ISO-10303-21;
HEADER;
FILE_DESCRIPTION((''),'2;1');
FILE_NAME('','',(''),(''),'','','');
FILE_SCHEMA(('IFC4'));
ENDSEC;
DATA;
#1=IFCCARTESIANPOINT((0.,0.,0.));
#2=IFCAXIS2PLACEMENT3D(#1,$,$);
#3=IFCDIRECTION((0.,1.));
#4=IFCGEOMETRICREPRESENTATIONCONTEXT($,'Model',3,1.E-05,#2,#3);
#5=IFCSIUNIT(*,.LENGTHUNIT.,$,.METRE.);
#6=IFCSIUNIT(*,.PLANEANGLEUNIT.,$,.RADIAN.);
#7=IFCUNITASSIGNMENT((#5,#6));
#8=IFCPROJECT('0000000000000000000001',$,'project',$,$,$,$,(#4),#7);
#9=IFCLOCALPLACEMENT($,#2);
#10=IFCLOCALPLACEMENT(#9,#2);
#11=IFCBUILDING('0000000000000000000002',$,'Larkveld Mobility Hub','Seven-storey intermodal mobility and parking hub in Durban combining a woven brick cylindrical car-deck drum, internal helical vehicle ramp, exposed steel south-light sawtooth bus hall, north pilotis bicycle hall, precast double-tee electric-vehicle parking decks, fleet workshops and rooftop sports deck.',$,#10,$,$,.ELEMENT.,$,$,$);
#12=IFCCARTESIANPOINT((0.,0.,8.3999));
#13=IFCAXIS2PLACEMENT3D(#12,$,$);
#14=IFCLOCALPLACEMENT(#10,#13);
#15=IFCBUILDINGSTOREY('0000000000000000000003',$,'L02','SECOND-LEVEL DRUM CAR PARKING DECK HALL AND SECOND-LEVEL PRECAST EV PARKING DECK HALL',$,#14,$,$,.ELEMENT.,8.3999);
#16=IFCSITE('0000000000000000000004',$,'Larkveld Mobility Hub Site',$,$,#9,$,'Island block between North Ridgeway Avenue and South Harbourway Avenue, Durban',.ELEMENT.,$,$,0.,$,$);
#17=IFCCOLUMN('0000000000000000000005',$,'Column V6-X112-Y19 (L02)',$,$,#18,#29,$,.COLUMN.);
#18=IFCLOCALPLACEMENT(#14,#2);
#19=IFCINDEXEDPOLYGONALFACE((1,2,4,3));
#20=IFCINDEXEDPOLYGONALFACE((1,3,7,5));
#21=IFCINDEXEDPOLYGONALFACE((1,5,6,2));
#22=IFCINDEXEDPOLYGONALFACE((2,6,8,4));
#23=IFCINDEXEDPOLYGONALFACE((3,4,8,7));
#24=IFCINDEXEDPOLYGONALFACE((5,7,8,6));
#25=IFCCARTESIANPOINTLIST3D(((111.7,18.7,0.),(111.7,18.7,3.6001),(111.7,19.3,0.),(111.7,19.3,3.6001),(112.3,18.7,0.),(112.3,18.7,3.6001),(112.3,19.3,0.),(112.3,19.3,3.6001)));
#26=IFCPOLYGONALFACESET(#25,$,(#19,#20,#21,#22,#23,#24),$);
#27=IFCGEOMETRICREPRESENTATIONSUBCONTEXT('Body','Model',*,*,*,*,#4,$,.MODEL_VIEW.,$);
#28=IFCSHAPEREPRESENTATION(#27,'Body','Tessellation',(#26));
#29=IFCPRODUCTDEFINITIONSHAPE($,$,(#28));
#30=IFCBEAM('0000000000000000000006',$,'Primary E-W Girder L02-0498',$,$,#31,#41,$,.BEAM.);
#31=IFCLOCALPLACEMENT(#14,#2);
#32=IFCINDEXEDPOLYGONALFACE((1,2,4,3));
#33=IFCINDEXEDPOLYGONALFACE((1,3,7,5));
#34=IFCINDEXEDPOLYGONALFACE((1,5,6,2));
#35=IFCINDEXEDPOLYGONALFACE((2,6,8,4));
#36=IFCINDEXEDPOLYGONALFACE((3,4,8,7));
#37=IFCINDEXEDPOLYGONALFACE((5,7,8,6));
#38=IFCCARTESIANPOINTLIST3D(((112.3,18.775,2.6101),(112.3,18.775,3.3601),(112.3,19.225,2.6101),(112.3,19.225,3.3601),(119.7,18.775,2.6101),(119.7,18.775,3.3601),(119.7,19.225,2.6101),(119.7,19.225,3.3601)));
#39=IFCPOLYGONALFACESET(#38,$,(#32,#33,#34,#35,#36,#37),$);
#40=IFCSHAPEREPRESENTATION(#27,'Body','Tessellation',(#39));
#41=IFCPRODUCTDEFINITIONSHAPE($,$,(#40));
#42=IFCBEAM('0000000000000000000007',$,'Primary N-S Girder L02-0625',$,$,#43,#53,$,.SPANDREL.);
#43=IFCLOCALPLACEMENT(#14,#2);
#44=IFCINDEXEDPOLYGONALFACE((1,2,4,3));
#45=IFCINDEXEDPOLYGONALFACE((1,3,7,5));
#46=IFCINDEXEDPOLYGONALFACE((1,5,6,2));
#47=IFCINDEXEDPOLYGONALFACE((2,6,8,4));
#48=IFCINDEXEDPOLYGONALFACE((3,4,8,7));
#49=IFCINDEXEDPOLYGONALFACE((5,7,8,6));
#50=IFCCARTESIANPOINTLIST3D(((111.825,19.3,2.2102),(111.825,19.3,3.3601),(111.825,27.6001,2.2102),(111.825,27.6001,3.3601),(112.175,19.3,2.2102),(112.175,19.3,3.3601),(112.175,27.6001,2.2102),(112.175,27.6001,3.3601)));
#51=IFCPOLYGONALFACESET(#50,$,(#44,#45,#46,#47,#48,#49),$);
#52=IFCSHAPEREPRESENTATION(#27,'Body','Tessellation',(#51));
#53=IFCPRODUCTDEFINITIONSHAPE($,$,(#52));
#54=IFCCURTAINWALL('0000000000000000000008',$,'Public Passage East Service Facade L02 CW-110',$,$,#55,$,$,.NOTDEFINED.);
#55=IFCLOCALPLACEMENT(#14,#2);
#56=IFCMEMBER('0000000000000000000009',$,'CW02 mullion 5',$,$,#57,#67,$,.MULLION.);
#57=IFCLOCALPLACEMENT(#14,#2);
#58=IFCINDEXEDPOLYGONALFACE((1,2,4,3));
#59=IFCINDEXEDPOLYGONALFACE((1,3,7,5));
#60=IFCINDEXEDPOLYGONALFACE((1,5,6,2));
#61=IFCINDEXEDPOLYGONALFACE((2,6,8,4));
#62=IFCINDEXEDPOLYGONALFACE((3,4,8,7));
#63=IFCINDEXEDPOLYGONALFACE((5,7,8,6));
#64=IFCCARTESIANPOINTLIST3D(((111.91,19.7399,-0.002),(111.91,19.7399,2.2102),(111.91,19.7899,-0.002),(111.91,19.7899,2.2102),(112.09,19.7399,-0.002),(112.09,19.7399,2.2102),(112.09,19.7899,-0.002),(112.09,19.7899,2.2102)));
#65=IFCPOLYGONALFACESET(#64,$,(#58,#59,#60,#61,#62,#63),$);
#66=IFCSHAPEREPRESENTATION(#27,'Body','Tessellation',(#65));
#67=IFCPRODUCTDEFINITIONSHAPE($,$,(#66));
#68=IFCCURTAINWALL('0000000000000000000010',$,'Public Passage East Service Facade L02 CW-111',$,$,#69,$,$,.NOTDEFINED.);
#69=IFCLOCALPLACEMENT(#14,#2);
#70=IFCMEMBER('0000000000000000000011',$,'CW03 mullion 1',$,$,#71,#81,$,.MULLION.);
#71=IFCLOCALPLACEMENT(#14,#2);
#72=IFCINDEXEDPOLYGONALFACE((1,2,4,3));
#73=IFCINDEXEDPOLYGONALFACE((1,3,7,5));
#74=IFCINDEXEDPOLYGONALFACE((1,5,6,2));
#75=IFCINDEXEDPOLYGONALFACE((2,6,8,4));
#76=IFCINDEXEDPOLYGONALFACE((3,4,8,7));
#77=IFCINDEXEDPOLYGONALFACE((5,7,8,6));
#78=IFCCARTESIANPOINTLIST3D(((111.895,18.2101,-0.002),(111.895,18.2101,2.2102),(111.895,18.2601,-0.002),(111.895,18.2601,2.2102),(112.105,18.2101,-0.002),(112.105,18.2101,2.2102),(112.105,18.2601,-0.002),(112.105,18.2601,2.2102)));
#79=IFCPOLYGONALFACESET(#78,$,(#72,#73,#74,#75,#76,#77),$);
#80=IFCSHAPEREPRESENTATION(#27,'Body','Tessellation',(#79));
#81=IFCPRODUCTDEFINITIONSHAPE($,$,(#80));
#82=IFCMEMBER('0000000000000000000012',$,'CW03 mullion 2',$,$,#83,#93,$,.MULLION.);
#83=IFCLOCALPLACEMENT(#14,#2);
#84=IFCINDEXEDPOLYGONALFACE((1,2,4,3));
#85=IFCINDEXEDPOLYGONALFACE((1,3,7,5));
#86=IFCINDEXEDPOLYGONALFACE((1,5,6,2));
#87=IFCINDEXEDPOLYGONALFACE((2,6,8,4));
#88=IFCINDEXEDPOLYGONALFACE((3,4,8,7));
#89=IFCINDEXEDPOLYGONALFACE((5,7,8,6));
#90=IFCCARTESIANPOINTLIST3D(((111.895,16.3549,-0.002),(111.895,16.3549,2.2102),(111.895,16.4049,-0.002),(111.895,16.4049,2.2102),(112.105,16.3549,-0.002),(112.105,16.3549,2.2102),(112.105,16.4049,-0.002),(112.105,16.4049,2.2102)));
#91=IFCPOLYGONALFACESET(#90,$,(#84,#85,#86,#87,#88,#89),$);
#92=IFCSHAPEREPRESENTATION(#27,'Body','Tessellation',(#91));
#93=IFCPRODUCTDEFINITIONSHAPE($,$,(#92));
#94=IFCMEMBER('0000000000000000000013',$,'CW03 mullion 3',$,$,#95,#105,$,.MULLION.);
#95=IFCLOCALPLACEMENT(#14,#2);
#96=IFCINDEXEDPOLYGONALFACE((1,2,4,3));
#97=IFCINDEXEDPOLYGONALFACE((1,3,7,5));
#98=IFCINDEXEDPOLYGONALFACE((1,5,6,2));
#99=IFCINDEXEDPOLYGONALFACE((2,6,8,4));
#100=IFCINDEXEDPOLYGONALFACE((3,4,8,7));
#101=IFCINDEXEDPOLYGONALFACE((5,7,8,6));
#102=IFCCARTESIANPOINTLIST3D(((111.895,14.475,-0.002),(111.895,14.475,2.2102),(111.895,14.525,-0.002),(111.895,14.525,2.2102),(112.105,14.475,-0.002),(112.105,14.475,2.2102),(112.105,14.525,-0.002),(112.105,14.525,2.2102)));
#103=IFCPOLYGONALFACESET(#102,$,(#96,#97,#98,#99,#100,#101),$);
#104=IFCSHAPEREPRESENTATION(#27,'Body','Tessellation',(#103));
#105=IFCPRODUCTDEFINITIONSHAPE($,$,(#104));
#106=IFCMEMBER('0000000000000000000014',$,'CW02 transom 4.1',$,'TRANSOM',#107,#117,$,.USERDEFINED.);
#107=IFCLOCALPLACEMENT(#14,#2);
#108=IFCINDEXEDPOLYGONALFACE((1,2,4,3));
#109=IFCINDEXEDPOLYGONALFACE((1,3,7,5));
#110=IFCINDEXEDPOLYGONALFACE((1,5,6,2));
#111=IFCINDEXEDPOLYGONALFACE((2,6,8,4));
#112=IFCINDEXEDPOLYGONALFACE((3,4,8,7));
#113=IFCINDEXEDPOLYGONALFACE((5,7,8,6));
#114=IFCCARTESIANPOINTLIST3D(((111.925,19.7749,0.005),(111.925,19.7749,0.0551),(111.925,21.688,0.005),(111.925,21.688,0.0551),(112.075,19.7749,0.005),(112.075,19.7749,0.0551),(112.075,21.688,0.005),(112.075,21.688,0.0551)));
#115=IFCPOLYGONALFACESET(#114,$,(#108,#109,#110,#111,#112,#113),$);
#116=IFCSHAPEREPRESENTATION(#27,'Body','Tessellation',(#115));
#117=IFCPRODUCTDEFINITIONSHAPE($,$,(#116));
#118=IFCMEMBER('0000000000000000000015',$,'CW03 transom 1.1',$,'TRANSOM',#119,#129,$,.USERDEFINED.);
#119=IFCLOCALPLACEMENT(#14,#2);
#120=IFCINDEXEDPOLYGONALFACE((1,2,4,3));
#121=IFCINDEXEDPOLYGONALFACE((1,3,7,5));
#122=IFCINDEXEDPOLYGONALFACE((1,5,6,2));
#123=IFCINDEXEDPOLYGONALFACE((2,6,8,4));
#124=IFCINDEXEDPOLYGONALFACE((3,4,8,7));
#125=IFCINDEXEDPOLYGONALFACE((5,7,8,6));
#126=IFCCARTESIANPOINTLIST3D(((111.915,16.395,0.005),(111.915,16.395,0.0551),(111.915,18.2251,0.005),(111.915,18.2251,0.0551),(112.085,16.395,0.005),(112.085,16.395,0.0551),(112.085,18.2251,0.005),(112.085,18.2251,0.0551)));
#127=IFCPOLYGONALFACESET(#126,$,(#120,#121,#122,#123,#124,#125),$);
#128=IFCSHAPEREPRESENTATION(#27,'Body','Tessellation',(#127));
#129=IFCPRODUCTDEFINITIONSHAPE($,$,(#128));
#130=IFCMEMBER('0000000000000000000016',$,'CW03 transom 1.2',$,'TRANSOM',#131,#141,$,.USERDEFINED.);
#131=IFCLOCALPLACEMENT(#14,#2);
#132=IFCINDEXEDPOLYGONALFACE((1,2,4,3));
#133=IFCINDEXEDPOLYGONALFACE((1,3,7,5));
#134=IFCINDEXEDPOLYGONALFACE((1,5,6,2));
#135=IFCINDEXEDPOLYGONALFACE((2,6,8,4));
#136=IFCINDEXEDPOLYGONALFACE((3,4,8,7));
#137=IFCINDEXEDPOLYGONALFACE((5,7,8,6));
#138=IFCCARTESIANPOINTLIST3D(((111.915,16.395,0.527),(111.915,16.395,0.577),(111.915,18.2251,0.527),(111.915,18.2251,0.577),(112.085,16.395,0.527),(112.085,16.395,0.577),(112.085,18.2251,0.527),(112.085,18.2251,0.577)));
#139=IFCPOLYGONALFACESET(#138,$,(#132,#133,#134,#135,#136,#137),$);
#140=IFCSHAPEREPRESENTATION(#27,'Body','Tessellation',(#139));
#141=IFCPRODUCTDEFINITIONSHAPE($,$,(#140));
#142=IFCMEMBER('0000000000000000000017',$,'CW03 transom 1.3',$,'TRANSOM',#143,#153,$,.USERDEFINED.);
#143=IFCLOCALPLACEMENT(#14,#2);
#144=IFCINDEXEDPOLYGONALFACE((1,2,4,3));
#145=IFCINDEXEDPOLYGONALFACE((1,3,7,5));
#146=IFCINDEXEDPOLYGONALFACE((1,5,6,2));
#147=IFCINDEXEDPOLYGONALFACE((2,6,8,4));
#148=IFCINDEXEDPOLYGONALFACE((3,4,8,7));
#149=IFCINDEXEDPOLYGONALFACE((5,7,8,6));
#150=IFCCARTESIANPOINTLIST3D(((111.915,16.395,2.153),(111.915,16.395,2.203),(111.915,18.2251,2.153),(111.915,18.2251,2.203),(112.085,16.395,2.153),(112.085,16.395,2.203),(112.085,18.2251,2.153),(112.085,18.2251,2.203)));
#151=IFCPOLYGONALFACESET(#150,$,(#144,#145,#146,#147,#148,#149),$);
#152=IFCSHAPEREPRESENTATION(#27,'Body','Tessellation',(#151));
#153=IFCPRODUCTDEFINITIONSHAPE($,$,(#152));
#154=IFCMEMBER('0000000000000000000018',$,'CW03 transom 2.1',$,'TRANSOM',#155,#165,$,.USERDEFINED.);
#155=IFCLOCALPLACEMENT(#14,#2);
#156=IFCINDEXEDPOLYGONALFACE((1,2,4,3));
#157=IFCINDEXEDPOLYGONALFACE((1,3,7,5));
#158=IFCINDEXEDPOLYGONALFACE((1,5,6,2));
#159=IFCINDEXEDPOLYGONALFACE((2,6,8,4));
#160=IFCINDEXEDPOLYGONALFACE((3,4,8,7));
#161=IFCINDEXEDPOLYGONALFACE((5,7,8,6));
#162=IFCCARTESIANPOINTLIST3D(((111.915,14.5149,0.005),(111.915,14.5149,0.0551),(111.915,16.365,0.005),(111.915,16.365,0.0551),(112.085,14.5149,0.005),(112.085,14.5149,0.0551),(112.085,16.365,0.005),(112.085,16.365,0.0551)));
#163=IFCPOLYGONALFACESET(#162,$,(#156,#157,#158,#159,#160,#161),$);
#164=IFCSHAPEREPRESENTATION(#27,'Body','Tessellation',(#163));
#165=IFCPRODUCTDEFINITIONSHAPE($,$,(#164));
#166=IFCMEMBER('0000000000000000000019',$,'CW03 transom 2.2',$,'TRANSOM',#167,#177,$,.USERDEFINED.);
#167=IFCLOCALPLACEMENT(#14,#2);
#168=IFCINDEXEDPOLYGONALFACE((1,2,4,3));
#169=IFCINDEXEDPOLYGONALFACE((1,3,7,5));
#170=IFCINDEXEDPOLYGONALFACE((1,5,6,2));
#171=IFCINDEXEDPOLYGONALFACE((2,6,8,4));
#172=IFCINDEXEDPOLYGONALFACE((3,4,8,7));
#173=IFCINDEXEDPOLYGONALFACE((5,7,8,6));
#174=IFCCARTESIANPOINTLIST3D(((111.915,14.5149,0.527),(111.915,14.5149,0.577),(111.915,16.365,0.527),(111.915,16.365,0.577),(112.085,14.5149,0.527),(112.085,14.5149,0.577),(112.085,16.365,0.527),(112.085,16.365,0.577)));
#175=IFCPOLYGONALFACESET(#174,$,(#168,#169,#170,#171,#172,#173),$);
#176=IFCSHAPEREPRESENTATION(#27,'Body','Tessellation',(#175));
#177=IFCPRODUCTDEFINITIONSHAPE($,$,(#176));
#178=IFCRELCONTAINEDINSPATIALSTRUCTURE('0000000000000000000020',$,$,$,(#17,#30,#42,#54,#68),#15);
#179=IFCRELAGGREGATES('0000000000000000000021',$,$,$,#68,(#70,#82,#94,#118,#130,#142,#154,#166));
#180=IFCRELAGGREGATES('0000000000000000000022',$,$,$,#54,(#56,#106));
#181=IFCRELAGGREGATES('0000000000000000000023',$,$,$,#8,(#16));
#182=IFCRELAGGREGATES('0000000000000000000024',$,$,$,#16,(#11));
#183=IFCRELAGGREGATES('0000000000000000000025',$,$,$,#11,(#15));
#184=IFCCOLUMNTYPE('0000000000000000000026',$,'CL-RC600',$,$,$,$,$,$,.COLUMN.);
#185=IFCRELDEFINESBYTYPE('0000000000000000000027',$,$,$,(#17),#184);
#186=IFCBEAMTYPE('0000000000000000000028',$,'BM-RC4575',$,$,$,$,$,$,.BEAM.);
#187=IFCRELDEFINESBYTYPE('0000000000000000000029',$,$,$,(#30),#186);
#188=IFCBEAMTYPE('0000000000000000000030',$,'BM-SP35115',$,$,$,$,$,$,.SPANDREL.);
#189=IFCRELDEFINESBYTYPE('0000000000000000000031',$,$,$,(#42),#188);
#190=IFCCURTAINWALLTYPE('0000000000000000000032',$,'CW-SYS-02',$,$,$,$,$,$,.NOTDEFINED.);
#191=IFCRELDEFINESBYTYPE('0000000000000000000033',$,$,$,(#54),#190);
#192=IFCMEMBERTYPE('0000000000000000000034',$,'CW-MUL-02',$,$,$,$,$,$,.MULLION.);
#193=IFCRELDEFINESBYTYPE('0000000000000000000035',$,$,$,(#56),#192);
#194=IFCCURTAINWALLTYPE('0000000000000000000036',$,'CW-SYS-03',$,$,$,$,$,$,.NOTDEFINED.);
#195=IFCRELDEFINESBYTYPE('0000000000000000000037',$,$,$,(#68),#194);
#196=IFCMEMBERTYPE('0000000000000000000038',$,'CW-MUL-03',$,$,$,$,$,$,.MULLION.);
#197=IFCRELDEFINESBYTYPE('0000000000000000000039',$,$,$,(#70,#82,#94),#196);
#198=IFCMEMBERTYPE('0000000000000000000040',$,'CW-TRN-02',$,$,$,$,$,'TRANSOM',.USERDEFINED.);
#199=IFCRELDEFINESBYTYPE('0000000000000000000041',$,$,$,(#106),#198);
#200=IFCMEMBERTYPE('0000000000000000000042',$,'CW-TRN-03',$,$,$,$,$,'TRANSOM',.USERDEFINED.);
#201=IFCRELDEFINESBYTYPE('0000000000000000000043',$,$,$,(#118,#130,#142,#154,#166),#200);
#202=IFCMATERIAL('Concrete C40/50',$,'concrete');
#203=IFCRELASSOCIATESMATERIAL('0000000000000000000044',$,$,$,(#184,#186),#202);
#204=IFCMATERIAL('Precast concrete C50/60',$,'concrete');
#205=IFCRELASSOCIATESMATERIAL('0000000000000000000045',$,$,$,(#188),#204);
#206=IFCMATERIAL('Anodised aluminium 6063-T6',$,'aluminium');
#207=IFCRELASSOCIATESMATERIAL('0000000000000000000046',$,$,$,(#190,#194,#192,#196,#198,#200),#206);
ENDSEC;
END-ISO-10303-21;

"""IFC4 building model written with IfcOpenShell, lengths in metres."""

from ifc_helpers import new_model, si_unit, direction, frame, origin, origin_2d, place, context, subcontext, project, spatial, rectangle, extrude, material, material_profile, profile_set, type_object, element, aggregate, save


model = new_model("IFC4")

# Units and contexts
model_context = context("Model", 3, precision=1e-05, world=origin(), true_north=direction((0.0, 1.0)))
body_context = subcontext(model_context, "Body", "Model", "MODEL_VIEW")
ifc_project = project(units=[si_unit("LENGTHUNIT", "METRE"), si_unit("PLANEANGLEUNIT", "RADIAN")], contexts=[model_context])

# Site, building, storey
site_placement = place(None, origin())
site = spatial("IfcSite", under=ifc_project, at=site_placement, Name="Larkveld Mobility Hub Site", LongName="Island block between North Ridgeway Avenue and South Harbourway Avenue, Durban", CompositionType="ELEMENT", RefElevation=0.0)
building_placement = place(site_placement, origin())
building = spatial("IfcBuilding", under=site, at=building_placement, Name="Larkveld Mobility Hub", Description="Seven-storey intermodal mobility and parking hub in Durban combining a woven brick cylindrical car-deck drum, internal helical vehicle ramp, exposed steel south-light sawtooth bus hall, north pilotis bicycle hall, precast double-tee electric-vehicle parking decks, fleet workshops and rooftop sports deck.", CompositionType="ELEMENT")
storey_placement = place(building_placement, frame((0.0, 0.0, 8.3999)))
storey = spatial("IfcBuildingStorey", under=building, at=storey_placement, Name="L02", Description="SECOND-LEVEL DRUM CAR PARKING DECK HALL AND SECOND-LEVEL PRECAST EV PARKING DECK HALL", CompositionType="ELEMENT", Elevation=8.3999)

# Column
ifc_material_1 = material(Name="Concrete C40/50", Category="concrete")
ifc_material_profile_1 = material_profile(ifc_material_1, rectangle(XDim=0.6001, YDim=0.6001, at=origin_2d()), Name="RC COL 600x600")
ifc_profile_set_1 = profile_set([ifc_material_profile_1], Name="Concrete C40/50")
column_type = type_object("IfcColumnType", Name="CL-RC600", PredefinedType="COLUMN", material=ifc_profile_set_1)
column_placement = place(storey_placement, frame((112.0, 19.0, 0.0), z_axis=(0.0, 0.0, 1.0), x_axis=(1.0, 0.0, 0.0)))
element("IfcColumn", 1, at=column_placement, inside=storey, type_object=column_type, Name="Column V6-X112-Y19 (L02)", PredefinedType="COLUMN", context=body_context, shape_type="SweptSolid", body=[
    extrude(rectangle(XDim=0.6001, YDim=0.6001, at=origin_2d()), origin(), (0.0, 0.0, 1.0), 3.6001),
])

# Beams
ifc_material_profile_2 = material_profile(ifc_material_1, rectangle(XDim=0.45, YDim=0.75, at=origin_2d()), Name="RC BM 450x750")
ifc_profile_set_2 = profile_set([ifc_material_profile_2], Name="Concrete C40/50")
beam_type_1 = type_object("IfcBeamType", Name="BM-RC4575", PredefinedType="BEAM", material=ifc_profile_set_2)
beam_1_placement = place(storey_placement, frame((112.3, 19.0, 2.9851), z_axis=(1.0, 0.0, 0.0), x_axis=(0.0, 1.0, 0.0)))
element("IfcBeam", 2, at=beam_1_placement, inside=storey, type_object=beam_type_1, Name="Primary E-W Girder L02-0498", PredefinedType="BEAM", context=body_context, shape_type="SweptSolid", body=[
    extrude(rectangle(XDim=0.45, YDim=0.75, at=origin_2d()), origin(), (0.0, 0.0, 1.0), 7.3999),
])
ifc_material_2 = material(Name="Precast concrete C50/60", Category="concrete")
ifc_material_profile_3 = material_profile(ifc_material_2, rectangle(XDim=0.3501, YDim=1.1499, at=origin_2d()), Name="PC SP 350x1150")
ifc_profile_set_3 = profile_set([ifc_material_profile_3], Name="Precast concrete C50/60")
beam_type_2 = type_object("IfcBeamType", Name="BM-SP35115", PredefinedType="SPANDREL", material=ifc_profile_set_3)
beam_2_placement = place(storey_placement, frame((112.0, 19.3, 2.7852), z_axis=(0.0, 1.0, 0.0), x_axis=(-1.0, 0.0, 0.0)))
element("IfcBeam", 3, at=beam_2_placement, inside=storey, type_object=beam_type_2, Name="Primary N-S Girder L02-0625", PredefinedType="SPANDREL", context=body_context, shape_type="SweptSolid", body=[
    extrude(rectangle(XDim=0.3501, YDim=1.1499, at=origin_2d()), origin(), (0.0, 0.0, 1.0), 8.3),
])

# Curtain wall, member
ifc_material_3 = material(Name="Anodised aluminium 6063-T6", Category="aluminium")
curtain_wall_type_1 = type_object("IfcCurtainWallType", Name="CW-SYS-02", PredefinedType="NOTDEFINED", material=ifc_material_3)
curtain_wall_1_placement = place(storey_placement, origin())
curtain_wall_1 = element("IfcCurtainWall", 4, at=curtain_wall_1_placement, inside=storey, type_object=curtain_wall_type_1, Name="Public Passage East Service Facade L02 CW-110", PredefinedType="NOTDEFINED")
ifc_material_profile_4 = material_profile(ifc_material_3, rectangle(XDim=0.05, YDim=0.1799, at=origin_2d()), Name="ALU MULL 50x180")
ifc_profile_set_4 = profile_set([ifc_material_profile_4], Name="Anodised aluminium 6063-T6")
member_type_1 = type_object("IfcMemberType", Name="CW-MUL-02", PredefinedType="MULLION", material=ifc_profile_set_4)
member_1_placement = place(storey_placement, frame((112.0, 19.7649, -0.002), z_axis=(0.0, 0.0, 1.0), x_axis=(0.0, -1.0, 0.0)))
member_1 = element("IfcMember", 5, at=member_1_placement, type_object=member_type_1, Name="CW02 mullion 5", PredefinedType="MULLION", context=body_context, shape_type="SweptSolid", body=[
    extrude(rectangle(XDim=0.05, YDim=0.1799, at=origin_2d()), origin(), (0.0, 0.0, 1.0), 2.2122),
])

# Curtain wall, members
curtain_wall_type_2 = type_object("IfcCurtainWallType", Name="CW-SYS-03", PredefinedType="NOTDEFINED", material=ifc_material_3)
curtain_wall_2_placement = place(storey_placement, origin())
curtain_wall_2 = element("IfcCurtainWall", 6, at=curtain_wall_2_placement, inside=storey, type_object=curtain_wall_type_2, Name="Public Passage East Service Facade L02 CW-111", PredefinedType="NOTDEFINED")
ifc_material_profile_5 = material_profile(ifc_material_3, rectangle(XDim=0.05, YDim=0.21, at=origin_2d()), Name="ALU MULL 50x210")
ifc_profile_set_5 = profile_set([ifc_material_profile_5], Name="Anodised aluminium 6063-T6")
member_type_2 = type_object("IfcMemberType", Name="CW-MUL-03", PredefinedType="MULLION", material=ifc_profile_set_5)
member_2_placement = place(storey_placement, frame((112.0, 18.2351, -0.002), z_axis=(0.0, 0.0, 1.0), x_axis=(0.0, -1.0, 0.0)))
member_2 = element("IfcMember", 7, at=member_2_placement, type_object=member_type_2, Name="CW03 mullion 1", PredefinedType="MULLION", context=body_context, shape_type="SweptSolid", body=[
    extrude(rectangle(XDim=0.05, YDim=0.21, at=origin_2d()), origin(), (0.0, 0.0, 1.0), 2.2122),
])
member_3_placement = place(storey_placement, frame((112.0, 16.3799, -0.002), z_axis=(0.0, 0.0, 1.0), x_axis=(0.0, -1.0, 0.0)))
member_3 = element("IfcMember", 8, at=member_3_placement, type_object=member_type_2, Name="CW03 mullion 2", PredefinedType="MULLION", context=body_context, shape_type="SweptSolid", body=[
    extrude(rectangle(XDim=0.05, YDim=0.21, at=origin_2d()), origin(), (0.0, 0.0, 1.0), 2.2122),
])
member_4_placement = place(storey_placement, frame((112.0, 14.5, -0.002), z_axis=(0.0, 0.0, 1.0), x_axis=(0.0, -1.0, 0.0)))
member_4 = element("IfcMember", 9, at=member_4_placement, type_object=member_type_2, Name="CW03 mullion 3", PredefinedType="MULLION", context=body_context, shape_type="SweptSolid", body=[
    extrude(rectangle(XDim=0.05, YDim=0.21, at=origin_2d()), origin(), (0.0, 0.0, 1.0), 2.2122),
])

# Members
ifc_material_profile_6 = material_profile(ifc_material_3, rectangle(XDim=0.1499, YDim=0.05, at=origin_2d()), Name="ALU TRAN 50x150")
ifc_profile_set_6 = profile_set([ifc_material_profile_6], Name="Anodised aluminium 6063-T6")
member_type_3 = type_object("IfcMemberType", Name="CW-TRN-02", ElementType="TRANSOM", PredefinedType="USERDEFINED", material=ifc_profile_set_6)
member_5_placement = place(storey_placement, frame((112.0, 21.688, 0.03), z_axis=(0.0, -1.0, 0.0), x_axis=(1.0, 0.0, 0.0)))
member_5 = element("IfcMember", 10, at=member_5_placement, type_object=member_type_3, Name="CW02 transom 4.1", ObjectType="TRANSOM", PredefinedType="USERDEFINED", context=body_context, shape_type="SweptSolid", body=[
    extrude(rectangle(XDim=0.1499, YDim=0.05, at=origin_2d()), origin(), (0.0, 0.0, 1.0), 1.9131),
])
ifc_material_profile_7 = material_profile(ifc_material_3, rectangle(XDim=0.1699, YDim=0.05, at=origin_2d()), Name="ALU TRAN 50x170")
ifc_profile_set_7 = profile_set([ifc_material_profile_7], Name="Anodised aluminium 6063-T6")
member_type_4 = type_object("IfcMemberType", Name="CW-TRN-03", ElementType="TRANSOM", PredefinedType="USERDEFINED", material=ifc_profile_set_7)
member_6_placement = place(storey_placement, frame((112.0, 18.2251, 0.03), z_axis=(0.0, -1.0, 0.0), x_axis=(1.0, 0.0, 0.0)))
member_6 = element("IfcMember", 11, at=member_6_placement, type_object=member_type_4, Name="CW03 transom 1.1", ObjectType="TRANSOM", PredefinedType="USERDEFINED", context=body_context, shape_type="SweptSolid", body=[
    extrude(rectangle(XDim=0.1699, YDim=0.05, at=origin_2d()), origin(), (0.0, 0.0, 1.0), 1.8301),
])
member_7_placement = place(storey_placement, frame((112.0, 18.2251, 0.552), z_axis=(0.0, -1.0, 0.0), x_axis=(1.0, 0.0, 0.0)))
member_7 = element("IfcMember", 12, at=member_7_placement, type_object=member_type_4, Name="CW03 transom 1.2", ObjectType="TRANSOM", PredefinedType="USERDEFINED", context=body_context, shape_type="SweptSolid", body=[
    extrude(rectangle(XDim=0.1699, YDim=0.05, at=origin_2d()), origin(), (0.0, 0.0, 1.0), 1.8301),
])
member_8_placement = place(storey_placement, frame((112.0, 18.2251, 2.178), z_axis=(0.0, -1.0, 0.0), x_axis=(1.0, 0.0, 0.0)))
member_8 = element("IfcMember", 13, at=member_8_placement, type_object=member_type_4, Name="CW03 transom 1.3", ObjectType="TRANSOM", PredefinedType="USERDEFINED", context=body_context, shape_type="SweptSolid", body=[
    extrude(rectangle(XDim=0.1699, YDim=0.05, at=origin_2d()), origin(), (0.0, 0.0, 1.0), 1.8301),
])
member_9_placement = place(storey_placement, frame((112.0, 16.365, 0.03), z_axis=(0.0, -1.0, 0.0), x_axis=(1.0, 0.0, 0.0)))
member_9 = element("IfcMember", 14, at=member_9_placement, type_object=member_type_4, Name="CW03 transom 2.1", ObjectType="TRANSOM", PredefinedType="USERDEFINED", context=body_context, shape_type="SweptSolid", body=[
    extrude(rectangle(XDim=0.1699, YDim=0.05, at=origin_2d()), origin(), (0.0, 0.0, 1.0), 1.8501),
])
member_10_placement = place(storey_placement, frame((112.0, 16.365, 0.552), z_axis=(0.0, -1.0, 0.0), x_axis=(1.0, 0.0, 0.0)))
member_10 = element("IfcMember", 15, at=member_10_placement, type_object=member_type_4, Name="CW03 transom 2.2", ObjectType="TRANSOM", PredefinedType="USERDEFINED", context=body_context, shape_type="SweptSolid", body=[
    extrude(rectangle(XDim=0.1699, YDim=0.05, at=origin_2d()), origin(), (0.0, 0.0, 1.0), 1.8501),
])

aggregate(curtain_wall_2, [member_2, member_3, member_4, member_6, member_7, member_8, member_9, member_10])
aggregate(curtain_wall_1, [member_1, member_5])

save(model, "model.ifc")
